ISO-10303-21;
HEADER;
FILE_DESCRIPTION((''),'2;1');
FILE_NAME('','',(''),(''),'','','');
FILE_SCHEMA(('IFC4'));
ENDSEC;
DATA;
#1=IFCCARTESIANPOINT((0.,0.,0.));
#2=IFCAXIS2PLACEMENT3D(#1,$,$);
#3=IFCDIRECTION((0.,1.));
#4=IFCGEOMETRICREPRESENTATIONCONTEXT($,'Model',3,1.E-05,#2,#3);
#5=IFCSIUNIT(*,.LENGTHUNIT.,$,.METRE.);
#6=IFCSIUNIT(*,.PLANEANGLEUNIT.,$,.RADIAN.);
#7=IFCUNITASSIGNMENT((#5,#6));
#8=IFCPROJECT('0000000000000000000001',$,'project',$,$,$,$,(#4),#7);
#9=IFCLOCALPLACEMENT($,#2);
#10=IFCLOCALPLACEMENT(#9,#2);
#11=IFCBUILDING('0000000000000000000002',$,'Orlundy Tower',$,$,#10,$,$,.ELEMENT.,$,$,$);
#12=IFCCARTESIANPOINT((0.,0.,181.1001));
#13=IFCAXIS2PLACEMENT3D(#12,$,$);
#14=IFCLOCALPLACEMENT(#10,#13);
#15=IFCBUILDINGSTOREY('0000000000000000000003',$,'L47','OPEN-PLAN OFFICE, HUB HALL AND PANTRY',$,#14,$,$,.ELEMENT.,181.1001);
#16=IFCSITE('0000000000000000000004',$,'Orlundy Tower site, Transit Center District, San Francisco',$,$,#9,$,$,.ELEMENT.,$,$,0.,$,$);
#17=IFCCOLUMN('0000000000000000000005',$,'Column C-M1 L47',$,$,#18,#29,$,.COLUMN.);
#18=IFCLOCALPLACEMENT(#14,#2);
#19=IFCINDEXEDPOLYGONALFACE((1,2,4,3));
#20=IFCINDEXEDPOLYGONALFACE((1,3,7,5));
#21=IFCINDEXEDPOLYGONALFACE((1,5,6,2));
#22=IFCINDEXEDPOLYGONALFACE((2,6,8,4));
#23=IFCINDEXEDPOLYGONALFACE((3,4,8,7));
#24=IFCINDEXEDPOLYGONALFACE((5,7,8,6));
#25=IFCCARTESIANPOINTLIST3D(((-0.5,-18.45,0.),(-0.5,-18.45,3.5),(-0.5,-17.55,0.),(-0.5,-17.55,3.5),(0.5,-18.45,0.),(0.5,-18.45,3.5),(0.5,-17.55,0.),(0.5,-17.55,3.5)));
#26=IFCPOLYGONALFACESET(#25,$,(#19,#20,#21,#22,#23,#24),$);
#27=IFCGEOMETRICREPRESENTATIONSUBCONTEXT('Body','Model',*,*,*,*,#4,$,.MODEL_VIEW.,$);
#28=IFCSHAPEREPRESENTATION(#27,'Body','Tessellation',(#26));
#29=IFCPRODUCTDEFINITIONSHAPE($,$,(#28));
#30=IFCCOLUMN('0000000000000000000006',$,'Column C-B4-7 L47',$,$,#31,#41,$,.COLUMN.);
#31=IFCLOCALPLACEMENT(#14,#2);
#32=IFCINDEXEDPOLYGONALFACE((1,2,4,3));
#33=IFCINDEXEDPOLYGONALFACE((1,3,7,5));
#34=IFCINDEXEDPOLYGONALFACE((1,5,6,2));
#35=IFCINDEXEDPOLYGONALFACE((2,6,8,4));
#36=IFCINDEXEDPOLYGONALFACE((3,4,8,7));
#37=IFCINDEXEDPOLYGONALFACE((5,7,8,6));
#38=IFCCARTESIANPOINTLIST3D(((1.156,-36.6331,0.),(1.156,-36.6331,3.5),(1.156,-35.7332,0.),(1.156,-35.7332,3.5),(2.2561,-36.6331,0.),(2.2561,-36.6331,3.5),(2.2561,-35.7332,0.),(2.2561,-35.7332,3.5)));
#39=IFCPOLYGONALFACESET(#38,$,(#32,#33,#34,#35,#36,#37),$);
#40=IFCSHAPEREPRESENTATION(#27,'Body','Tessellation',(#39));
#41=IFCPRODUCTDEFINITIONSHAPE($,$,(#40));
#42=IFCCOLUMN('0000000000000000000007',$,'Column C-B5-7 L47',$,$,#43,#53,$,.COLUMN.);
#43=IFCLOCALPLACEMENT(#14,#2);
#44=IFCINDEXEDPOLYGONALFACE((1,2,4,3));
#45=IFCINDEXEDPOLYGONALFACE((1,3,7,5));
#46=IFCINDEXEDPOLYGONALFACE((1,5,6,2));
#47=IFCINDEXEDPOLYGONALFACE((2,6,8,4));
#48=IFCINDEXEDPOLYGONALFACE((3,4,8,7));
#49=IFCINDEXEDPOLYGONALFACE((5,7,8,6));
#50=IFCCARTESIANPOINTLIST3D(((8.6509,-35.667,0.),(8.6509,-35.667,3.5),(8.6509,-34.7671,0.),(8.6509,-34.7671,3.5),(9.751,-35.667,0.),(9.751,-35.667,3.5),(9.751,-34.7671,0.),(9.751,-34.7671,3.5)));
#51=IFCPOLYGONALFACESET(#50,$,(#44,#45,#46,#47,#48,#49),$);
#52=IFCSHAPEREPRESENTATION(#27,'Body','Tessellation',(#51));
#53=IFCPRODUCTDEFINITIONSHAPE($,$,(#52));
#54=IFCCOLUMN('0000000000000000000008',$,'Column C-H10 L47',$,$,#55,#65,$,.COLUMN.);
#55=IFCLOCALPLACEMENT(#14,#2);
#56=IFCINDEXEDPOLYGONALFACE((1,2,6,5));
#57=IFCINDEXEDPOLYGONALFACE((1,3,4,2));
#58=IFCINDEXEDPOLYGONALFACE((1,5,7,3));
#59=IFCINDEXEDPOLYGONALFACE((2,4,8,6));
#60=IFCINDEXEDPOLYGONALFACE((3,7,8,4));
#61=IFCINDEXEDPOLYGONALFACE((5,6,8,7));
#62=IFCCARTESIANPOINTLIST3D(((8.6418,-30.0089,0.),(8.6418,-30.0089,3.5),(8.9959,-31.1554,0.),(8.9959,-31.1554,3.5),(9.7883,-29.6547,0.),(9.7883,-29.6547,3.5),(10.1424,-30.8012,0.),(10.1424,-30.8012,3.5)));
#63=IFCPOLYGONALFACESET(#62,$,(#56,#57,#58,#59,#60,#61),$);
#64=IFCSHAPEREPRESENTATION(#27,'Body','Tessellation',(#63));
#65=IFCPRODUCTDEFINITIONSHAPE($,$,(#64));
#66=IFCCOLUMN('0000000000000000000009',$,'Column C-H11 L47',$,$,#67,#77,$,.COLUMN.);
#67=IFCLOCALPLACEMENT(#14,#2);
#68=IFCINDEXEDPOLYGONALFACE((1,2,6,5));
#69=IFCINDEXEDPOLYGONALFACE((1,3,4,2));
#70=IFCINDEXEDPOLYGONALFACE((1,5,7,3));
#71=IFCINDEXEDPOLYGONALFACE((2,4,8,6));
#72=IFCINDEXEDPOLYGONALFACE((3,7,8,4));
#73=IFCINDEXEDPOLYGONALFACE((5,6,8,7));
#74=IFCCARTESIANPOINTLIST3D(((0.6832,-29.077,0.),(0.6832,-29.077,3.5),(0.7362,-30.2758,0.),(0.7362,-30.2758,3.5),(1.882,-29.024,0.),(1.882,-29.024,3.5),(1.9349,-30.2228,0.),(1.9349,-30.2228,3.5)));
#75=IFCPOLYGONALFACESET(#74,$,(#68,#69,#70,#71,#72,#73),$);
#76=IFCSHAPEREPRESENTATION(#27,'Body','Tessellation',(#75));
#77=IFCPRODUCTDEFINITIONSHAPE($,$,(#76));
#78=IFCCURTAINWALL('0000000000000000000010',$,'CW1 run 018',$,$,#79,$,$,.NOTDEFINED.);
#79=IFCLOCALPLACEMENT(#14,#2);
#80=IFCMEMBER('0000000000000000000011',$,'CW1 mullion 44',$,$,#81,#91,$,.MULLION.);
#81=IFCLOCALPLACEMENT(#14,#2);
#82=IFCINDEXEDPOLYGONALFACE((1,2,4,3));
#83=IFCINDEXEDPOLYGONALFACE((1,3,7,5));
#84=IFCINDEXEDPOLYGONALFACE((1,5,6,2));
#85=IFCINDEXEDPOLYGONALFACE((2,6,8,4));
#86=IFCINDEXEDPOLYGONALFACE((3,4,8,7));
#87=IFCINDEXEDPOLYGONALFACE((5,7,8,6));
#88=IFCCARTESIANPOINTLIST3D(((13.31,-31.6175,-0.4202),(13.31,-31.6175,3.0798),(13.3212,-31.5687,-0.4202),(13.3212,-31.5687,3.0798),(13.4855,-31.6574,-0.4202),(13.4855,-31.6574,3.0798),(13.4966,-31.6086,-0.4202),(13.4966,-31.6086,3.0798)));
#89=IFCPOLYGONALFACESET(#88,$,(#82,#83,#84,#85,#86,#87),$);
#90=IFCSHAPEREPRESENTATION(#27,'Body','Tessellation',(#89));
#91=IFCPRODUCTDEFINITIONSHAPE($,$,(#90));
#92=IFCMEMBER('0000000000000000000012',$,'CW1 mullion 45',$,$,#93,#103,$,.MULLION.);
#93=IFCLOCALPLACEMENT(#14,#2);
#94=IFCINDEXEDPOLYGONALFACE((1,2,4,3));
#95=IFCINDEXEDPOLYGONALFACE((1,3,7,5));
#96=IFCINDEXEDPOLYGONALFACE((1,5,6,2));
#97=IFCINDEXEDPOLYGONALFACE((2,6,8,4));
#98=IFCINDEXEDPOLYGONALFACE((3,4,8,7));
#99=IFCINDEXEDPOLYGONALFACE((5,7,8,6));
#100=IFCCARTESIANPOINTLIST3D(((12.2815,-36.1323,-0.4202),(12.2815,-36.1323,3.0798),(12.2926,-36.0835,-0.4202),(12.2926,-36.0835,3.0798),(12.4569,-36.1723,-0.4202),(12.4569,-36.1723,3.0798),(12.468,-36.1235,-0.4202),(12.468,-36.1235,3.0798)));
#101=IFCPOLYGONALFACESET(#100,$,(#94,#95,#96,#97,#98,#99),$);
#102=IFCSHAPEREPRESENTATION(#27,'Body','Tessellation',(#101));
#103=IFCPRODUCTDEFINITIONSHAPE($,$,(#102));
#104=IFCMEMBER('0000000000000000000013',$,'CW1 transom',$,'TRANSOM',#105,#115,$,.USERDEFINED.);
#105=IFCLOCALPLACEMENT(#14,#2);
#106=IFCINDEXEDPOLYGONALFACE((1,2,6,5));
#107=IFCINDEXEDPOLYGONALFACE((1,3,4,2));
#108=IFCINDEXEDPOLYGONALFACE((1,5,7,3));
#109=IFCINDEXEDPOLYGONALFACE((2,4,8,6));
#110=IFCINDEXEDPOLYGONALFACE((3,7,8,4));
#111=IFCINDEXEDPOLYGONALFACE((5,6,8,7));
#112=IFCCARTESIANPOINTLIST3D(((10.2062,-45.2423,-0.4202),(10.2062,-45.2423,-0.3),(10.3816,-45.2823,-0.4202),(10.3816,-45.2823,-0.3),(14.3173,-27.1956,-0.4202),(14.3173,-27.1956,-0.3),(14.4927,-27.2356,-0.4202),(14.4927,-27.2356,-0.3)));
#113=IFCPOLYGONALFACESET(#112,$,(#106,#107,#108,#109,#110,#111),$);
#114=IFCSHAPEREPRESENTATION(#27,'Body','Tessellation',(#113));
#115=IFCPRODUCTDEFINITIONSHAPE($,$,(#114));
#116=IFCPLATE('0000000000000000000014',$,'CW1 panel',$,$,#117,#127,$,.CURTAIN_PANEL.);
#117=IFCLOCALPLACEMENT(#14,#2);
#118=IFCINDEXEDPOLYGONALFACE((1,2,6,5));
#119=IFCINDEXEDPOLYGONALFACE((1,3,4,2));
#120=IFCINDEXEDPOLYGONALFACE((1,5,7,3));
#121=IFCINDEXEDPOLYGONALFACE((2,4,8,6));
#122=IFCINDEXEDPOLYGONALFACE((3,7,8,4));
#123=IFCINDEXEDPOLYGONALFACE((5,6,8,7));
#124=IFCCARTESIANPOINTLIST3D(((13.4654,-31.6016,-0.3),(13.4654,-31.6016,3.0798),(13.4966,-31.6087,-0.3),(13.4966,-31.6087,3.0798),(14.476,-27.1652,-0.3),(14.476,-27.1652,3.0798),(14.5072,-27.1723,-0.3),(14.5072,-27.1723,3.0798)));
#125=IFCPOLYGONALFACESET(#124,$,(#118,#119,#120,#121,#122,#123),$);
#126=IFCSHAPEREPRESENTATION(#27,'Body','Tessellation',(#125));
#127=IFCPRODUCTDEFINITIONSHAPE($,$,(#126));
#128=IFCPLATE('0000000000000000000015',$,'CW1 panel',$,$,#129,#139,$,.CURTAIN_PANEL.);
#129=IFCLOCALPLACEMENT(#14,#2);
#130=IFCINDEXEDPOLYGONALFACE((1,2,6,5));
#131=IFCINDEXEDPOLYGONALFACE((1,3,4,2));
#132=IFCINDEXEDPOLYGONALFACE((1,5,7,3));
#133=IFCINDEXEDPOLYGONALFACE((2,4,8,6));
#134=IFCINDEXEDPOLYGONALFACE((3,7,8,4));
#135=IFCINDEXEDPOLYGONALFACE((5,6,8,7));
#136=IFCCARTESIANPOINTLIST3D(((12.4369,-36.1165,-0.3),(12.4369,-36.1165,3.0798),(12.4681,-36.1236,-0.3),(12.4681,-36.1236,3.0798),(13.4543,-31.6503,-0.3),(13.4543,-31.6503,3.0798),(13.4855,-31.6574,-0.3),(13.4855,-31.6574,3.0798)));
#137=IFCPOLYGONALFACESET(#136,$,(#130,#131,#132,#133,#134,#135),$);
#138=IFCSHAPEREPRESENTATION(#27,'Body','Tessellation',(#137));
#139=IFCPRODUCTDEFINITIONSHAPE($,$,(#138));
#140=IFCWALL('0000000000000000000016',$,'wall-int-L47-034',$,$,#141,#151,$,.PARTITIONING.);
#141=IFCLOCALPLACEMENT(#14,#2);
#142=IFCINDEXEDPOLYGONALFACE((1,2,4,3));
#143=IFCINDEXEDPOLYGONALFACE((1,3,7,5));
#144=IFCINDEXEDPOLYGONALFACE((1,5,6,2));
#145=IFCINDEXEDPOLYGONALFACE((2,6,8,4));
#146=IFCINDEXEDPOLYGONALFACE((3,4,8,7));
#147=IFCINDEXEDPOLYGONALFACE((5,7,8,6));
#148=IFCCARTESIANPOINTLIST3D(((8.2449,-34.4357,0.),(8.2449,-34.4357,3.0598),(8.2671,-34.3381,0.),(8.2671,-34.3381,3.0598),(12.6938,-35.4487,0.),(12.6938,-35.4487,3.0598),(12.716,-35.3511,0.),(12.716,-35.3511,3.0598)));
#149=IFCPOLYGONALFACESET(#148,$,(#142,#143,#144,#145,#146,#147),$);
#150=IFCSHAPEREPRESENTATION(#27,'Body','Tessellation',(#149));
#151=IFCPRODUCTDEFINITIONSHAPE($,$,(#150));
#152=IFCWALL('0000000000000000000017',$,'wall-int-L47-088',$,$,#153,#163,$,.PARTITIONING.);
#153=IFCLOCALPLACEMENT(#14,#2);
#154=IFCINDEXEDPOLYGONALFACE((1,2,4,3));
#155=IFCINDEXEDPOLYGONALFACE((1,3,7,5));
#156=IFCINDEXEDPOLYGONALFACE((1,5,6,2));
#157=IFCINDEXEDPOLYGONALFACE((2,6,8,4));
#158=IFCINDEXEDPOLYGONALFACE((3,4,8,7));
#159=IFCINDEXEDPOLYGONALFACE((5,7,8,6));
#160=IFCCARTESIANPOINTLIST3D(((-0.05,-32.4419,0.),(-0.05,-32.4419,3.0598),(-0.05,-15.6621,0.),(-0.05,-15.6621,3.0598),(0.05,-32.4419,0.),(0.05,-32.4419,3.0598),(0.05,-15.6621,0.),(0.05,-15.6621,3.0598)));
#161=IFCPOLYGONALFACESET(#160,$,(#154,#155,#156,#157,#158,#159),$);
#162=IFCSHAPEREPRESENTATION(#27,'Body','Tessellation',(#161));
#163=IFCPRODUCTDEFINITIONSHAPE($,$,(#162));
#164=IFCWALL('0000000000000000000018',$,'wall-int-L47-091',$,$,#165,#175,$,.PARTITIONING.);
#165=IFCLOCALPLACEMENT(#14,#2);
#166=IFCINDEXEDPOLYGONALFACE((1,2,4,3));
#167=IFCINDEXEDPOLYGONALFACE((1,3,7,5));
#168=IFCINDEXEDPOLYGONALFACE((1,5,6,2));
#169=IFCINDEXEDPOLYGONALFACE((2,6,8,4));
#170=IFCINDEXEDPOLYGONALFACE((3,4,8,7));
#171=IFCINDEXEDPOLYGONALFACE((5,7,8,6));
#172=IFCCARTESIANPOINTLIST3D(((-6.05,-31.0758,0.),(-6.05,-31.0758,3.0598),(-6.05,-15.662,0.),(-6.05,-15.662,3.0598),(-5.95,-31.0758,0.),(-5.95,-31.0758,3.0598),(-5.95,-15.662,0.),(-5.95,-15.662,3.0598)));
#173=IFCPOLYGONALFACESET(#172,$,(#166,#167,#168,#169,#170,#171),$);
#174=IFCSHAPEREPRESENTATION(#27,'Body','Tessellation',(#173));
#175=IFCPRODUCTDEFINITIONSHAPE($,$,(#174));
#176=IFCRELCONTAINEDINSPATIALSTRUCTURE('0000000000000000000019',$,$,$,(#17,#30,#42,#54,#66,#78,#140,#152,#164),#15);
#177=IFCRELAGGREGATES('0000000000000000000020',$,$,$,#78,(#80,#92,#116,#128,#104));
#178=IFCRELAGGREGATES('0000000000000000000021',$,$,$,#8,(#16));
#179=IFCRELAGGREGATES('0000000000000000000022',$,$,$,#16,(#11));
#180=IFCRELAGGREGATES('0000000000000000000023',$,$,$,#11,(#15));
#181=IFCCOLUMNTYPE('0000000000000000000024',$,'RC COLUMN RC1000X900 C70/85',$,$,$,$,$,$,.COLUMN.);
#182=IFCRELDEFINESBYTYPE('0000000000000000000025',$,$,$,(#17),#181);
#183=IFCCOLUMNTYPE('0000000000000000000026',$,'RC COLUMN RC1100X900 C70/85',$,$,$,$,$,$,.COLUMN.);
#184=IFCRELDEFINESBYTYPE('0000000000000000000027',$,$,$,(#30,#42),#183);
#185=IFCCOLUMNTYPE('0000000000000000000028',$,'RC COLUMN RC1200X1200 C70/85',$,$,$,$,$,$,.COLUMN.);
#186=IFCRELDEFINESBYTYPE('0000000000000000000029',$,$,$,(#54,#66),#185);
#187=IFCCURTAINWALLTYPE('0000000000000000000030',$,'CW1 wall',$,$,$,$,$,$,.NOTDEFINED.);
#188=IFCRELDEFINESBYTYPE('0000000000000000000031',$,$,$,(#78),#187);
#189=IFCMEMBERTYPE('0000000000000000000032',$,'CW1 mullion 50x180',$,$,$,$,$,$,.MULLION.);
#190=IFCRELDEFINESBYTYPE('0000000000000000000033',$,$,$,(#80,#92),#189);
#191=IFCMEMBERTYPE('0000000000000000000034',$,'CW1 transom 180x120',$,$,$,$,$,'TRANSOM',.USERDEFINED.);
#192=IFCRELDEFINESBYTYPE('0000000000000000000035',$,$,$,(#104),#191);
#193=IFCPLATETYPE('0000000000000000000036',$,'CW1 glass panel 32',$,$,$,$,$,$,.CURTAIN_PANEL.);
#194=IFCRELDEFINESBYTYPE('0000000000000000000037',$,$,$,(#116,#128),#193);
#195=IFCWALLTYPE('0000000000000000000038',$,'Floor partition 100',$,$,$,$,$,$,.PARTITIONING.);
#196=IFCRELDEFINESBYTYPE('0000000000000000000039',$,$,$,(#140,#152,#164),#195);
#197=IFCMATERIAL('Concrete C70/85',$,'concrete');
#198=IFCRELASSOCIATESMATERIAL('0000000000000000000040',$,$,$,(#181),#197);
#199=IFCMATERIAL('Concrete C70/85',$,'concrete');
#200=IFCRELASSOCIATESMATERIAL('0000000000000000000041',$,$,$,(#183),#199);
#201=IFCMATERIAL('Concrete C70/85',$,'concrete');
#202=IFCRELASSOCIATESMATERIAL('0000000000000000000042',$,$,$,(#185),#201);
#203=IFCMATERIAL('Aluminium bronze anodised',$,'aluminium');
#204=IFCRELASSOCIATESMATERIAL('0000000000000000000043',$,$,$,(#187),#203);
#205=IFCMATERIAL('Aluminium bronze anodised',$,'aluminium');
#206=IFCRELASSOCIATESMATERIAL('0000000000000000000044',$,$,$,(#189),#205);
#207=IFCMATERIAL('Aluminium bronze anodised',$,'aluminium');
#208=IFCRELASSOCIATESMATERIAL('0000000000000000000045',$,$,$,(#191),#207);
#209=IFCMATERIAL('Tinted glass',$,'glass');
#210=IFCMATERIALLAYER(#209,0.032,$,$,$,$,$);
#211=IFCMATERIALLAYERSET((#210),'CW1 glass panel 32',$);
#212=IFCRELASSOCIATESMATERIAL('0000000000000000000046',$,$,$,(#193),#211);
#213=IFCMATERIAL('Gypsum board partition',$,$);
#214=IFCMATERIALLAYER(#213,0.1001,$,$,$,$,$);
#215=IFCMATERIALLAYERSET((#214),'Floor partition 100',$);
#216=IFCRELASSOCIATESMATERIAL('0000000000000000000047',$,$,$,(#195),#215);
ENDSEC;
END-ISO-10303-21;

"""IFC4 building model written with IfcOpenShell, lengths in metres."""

from ifc_helpers import new_model, si_unit, direction, frame, frame_2d, origin, origin_2d, place, context, subcontext, project, spatial, rectangle, extrude, material, layer, layer_set, material_profile, profile_set, type_object, element, aggregate, save


model = new_model("IFC4")

# Units and contexts
model_context = context("Model", 3, precision=1e-05, world=origin(), true_north=direction((0.0, 1.0)))
body_context = subcontext(model_context, "Body", "Model", "MODEL_VIEW")
ifc_project = project(units=[si_unit("LENGTHUNIT", "METRE"), si_unit("PLANEANGLEUNIT", "RADIAN")], contexts=[model_context])

# Site, building, storey
site_placement = place(None, origin())
site = spatial("IfcSite", under=ifc_project, at=site_placement, Name="Orlundy Tower site, Transit Center District, San Francisco", CompositionType="ELEMENT", RefElevation=0.0)
building_placement = place(site_placement, origin())
building = spatial("IfcBuilding", under=site, at=building_placement, Name="Orlundy Tower", CompositionType="ELEMENT")
storey_placement = place(building_placement, frame((0.0, 0.0, 181.1001)))
storey = spatial("IfcBuildingStorey", under=building, at=storey_placement, Name="L47", Description="OPEN-PLAN OFFICE, HUB HALL AND PANTRY", CompositionType="ELEMENT", Elevation=181.1001)

# Columns
ifc_material_1 = material(Name="Concrete C70/85", Category="concrete")
ifc_material_profile_1 = material_profile(ifc_material_1, rectangle(XDim=1.0, YDim=0.8999, at=origin_2d()), Name="RC1000X900")
ifc_profile_set_1 = profile_set([ifc_material_profile_1], Name="Concrete C70/85")
column_type_1 = type_object("IfcColumnType", Name="RC COLUMN RC1000X900 C70/85", PredefinedType="COLUMN", material=ifc_profile_set_1)
column_placement = place(storey_placement, frame((0.0, -18.0, 0.0), z_axis=(0.0, 0.0, 1.0), x_axis=(1.0, 0.0, 0.0)))
element("IfcColumn", 1, at=column_placement, inside=storey, type_object=column_type_1, Name="Column C-M1 L47", PredefinedType="COLUMN", context=body_context, shape_type="SweptSolid", body=[
    extrude(rectangle(XDim=1.0, YDim=0.8999, at=origin_2d()), origin(), (0.0, 0.0, 1.0), 3.5),
])
ifc_material_2 = material(Name="Concrete C70/85", Category="concrete")
ifc_material_profile_2 = material_profile(ifc_material_2, rectangle(XDim=1.1001, YDim=0.8999, at=origin_2d()), Name="RC1100X900")
ifc_profile_set_2 = profile_set([ifc_material_profile_2], Name="Concrete C70/85")
column_type_2 = type_object("IfcColumnType", Name="RC COLUMN RC1100X900 C70/85", PredefinedType="COLUMN", material=ifc_profile_set_2)
for number, where, z_axis, x_axis, name in (
    (2, (1.7061, -36.1831, 0.0), (0.0, 0.0, 1.0), (1.0, 0.0, 0.0), "Column C-B4-7 L47"),
    (3, (9.2009, -35.217, 0.0), (0.0, 0.0, 1.0), (1.0, 0.0, 0.0), "Column C-B5-7 L47"),
):
    element("IfcColumn", number, at=place(storey_placement, frame(where, z_axis=z_axis, x_axis=x_axis)), inside=storey, type_object=column_type_2, Name=name, PredefinedType="COLUMN", context=body_context, shape_type="SweptSolid", body=[
        extrude(rectangle(XDim=1.1001, YDim=0.8999, at=origin_2d()), origin(), (0.0, 0.0, 1.0), 3.5),
    ])
ifc_material_3 = material(Name="Concrete C70/85", Category="concrete")
ifc_material_profile_3 = material_profile(ifc_material_3, rectangle(XDim=1.2, YDim=1.2, at=origin_2d()), Name="RC1200X1200")
ifc_profile_set_3 = profile_set([ifc_material_profile_3], Name="Concrete C70/85")
column_type_3 = type_object("IfcColumnType", Name="RC COLUMN RC1200X1200 C70/85", PredefinedType="COLUMN", material=ifc_profile_set_3)
for number, where, z_axis, x_axis, name in (
    (4, (9.3921, -30.405, 0.0), (0.0, 0.0, 1.0), (0.295141, -0.955454, 0.0), "Column C-H10 L47"),
    (5, (1.3091, -29.6499, 0.0), (0.0, 0.0, 1.0), (0.044108, -0.999027, 0.0), "Column C-H11 L47"),
):
    element("IfcColumn", number, at=place(storey_placement, frame(where, z_axis=z_axis, x_axis=x_axis)), inside=storey, type_object=column_type_3, Name=name, PredefinedType="COLUMN", context=body_context, shape_type="SweptSolid", body=[
        extrude(rectangle(XDim=1.2, YDim=1.2, at=origin_2d()), origin(), (0.0, 0.0, 1.0), 3.5),
    ])

# Curtain wall, members, plates
ifc_material_4 = material(Name="Aluminium bronze anodised", Category="aluminium")
curtain_wall_type = type_object("IfcCurtainWallType", Name="CW1 wall", PredefinedType="NOTDEFINED", material=ifc_material_4)
curtain_wall_placement = place(storey_placement, origin())
curtain_wall = element("IfcCurtainWall", 6, at=curtain_wall_placement, inside=storey, type_object=curtain_wall_type, Name="CW1 run 018", PredefinedType="NOTDEFINED")
ifc_material_5 = material(Name="Aluminium bronze anodised", Category="aluminium")
ifc_material_profile_4 = material_profile(ifc_material_5, rectangle(XDim=0.1799, YDim=0.05, at=origin_2d()), Name="CW1 mullion 50x180")
ifc_profile_set_4 = profile_set([ifc_material_profile_4], Name="Aluminium bronze anodised")
member_type_1 = type_object("IfcMemberType", Name="CW1 mullion 50x180", PredefinedType="MULLION", material=ifc_profile_set_4)
member_1_placement = place(storey_placement, frame((13.4033, -31.613, -0.4202), z_axis=(0.0, 0.0, 1.0), x_axis=(0.975022, -0.222106, 0.0)))
member_1 = element("IfcMember", 7, at=member_1_placement, type_object=member_type_1, Name="CW1 mullion 44", PredefinedType="MULLION", context=body_context, shape_type="SweptSolid", body=[
    extrude(rectangle(XDim=0.1799, YDim=0.05, at=origin_2d()), origin(), (0.0, 0.0, 1.0), 3.5),
])
member_2_placement = place(storey_placement, frame((12.3748, -36.1279, -0.4202), z_axis=(0.0, 0.0, 1.0), x_axis=(0.975022, -0.222106, 0.0)))
member_2 = element("IfcMember", 8, at=member_2_placement, type_object=member_type_1, Name="CW1 mullion 45", PredefinedType="MULLION", context=body_context, shape_type="SweptSolid", body=[
    extrude(rectangle(XDim=0.1799, YDim=0.05, at=origin_2d()), origin(), (0.0, 0.0, 1.0), 3.5),
])
ifc_material_6 = material(Name="Aluminium bronze anodised", Category="aluminium")
ifc_material_profile_5 = material_profile(ifc_material_6, rectangle(XDim=0.1799, YDim=0.1201, at=origin_2d()), Name="CW1 transom 180x120")
ifc_profile_set_5 = profile_set([ifc_material_profile_5], Name="Aluminium bronze anodised")
member_type_2 = type_object("IfcMemberType", Name="CW1 transom 180x120", ElementType="TRANSOM", PredefinedType="USERDEFINED", material=ifc_profile_set_5)
member_3_placement = place(storey_placement, frame((14.405, -27.2156, -0.3601), z_axis=(-0.222113, -0.975021, 0.0), x_axis=(0.975021, -0.222113, 0.0)))
member_3 = element("IfcMember", 9, at=member_3_placement, type_object=member_type_2, Name="CW1 transom", ObjectType="TRANSOM", PredefinedType="USERDEFINED", context=body_context, shape_type="SweptSolid", body=[
    extrude(rectangle(XDim=0.1799, YDim=0.1201, at=origin_2d()), origin(), (0.0, 0.0, 1.0), 18.509),
])
ifc_material_7 = material(Name="Tinted glass", Category="glass")
ifc_layer_1 = layer(ifc_material_7, 0.032)
ifc_layer_set_1 = layer_set([ifc_layer_1], Name="CW1 glass panel 32")
plate_type = type_object("IfcPlateType", Name="CW1 glass panel 32", PredefinedType="CURTAIN_PANEL", material=ifc_layer_set_1)
plate_1_placement = place(storey_placement, frame((13.9863, -29.387, -0.3), z_axis=(0.0, 0.0, 1.0), x_axis=(-0.222106, -0.975022, 0.0)))
plate_1 = element("IfcPlate", 10, at=plate_1_placement, type_object=plate_type, Name="CW1 panel", PredefinedType="CURTAIN_PANEL", context=body_context, shape_type="SweptSolid", body=[
    extrude(rectangle(XDim=4.55, YDim=0.032, at=origin_2d()), origin(), (0.0, 0.0, 1.0), 3.3799),
])
plate_2_placement = place(storey_placement, frame((12.9612, -33.887, -0.3), z_axis=(0.0, 0.0, 1.0), x_axis=(-0.222106, -0.975022, 0.0)))
plate_2 = element("IfcPlate", 11, at=plate_2_placement, type_object=plate_type, Name="CW1 panel", PredefinedType="CURTAIN_PANEL", context=body_context, shape_type="SweptSolid", body=[
    extrude(rectangle(XDim=4.5806, YDim=0.032, at=origin_2d()), origin(), (0.0, 0.0, 1.0), 3.3799),
])
aggregate(curtain_wall, [member_1, member_2, plate_1, plate_2, member_3])

# Walls
ifc_material_8 = material(Name="Gypsum board partition")
ifc_layer_2 = layer(ifc_material_8, 0.1001)
ifc_layer_set_2 = layer_set([ifc_layer_2], Name="Floor partition 100")
wall_type_1 = type_object("IfcWallType", Name="Floor partition 100", PredefinedType="PARTITIONING", material=ifc_layer_set_2)
wall_1_placement = place(storey_placement, frame((8.2561, -34.387, 0.0), z_axis=(0.0, 0.0, 1.0), x_axis=(0.975047, -0.221998, 0.0)))
element("IfcWall", 12, at=wall_1_placement, inside=storey, type_object=wall_type_1, Name="wall-int-L47-034", PredefinedType="PARTITIONING", context=body_context, shape_type="SweptSolid", body=[
    extrude(rectangle(XDim=4.5627, YDim=0.1001, at=frame_2d((2.2812, 0.0))), origin(), (0.0, 0.0, 1.0), 3.0598),
])
wall_2_placement = place(storey_placement, frame((0.0, -32.4419, 0.0), z_axis=(0.0, 0.0, 1.0), x_axis=(0.0, 1.0, 0.0)))
element("IfcWall", 13, at=wall_2_placement, inside=storey, type_object=wall_type_1, Name="wall-int-L47-088", PredefinedType="PARTITIONING", context=body_context, shape_type="SweptSolid", body=[
    extrude(rectangle(XDim=16.7798, YDim=0.1001, at=frame_2d((8.3899, 0.0))), origin(), (0.0, 0.0, 1.0), 3.0598),
])
wall_3_placement = place(storey_placement, frame((-6.0, -31.0759, 0.0), z_axis=(0.0, 0.0, 1.0), x_axis=(0.0, 1.0, 0.0)))
element("IfcWall", 14, at=wall_3_placement, inside=storey, type_object=wall_type_1, Name="wall-int-L47-091", PredefinedType="PARTITIONING", context=body_context, shape_type="SweptSolid", body=[
    extrude(rectangle(XDim=15.4138, YDim=0.1001, at=frame_2d((7.707, 0.0))), origin(), (0.0, 0.0, 1.0), 3.0598),
])

save(model, "model.ifc")
